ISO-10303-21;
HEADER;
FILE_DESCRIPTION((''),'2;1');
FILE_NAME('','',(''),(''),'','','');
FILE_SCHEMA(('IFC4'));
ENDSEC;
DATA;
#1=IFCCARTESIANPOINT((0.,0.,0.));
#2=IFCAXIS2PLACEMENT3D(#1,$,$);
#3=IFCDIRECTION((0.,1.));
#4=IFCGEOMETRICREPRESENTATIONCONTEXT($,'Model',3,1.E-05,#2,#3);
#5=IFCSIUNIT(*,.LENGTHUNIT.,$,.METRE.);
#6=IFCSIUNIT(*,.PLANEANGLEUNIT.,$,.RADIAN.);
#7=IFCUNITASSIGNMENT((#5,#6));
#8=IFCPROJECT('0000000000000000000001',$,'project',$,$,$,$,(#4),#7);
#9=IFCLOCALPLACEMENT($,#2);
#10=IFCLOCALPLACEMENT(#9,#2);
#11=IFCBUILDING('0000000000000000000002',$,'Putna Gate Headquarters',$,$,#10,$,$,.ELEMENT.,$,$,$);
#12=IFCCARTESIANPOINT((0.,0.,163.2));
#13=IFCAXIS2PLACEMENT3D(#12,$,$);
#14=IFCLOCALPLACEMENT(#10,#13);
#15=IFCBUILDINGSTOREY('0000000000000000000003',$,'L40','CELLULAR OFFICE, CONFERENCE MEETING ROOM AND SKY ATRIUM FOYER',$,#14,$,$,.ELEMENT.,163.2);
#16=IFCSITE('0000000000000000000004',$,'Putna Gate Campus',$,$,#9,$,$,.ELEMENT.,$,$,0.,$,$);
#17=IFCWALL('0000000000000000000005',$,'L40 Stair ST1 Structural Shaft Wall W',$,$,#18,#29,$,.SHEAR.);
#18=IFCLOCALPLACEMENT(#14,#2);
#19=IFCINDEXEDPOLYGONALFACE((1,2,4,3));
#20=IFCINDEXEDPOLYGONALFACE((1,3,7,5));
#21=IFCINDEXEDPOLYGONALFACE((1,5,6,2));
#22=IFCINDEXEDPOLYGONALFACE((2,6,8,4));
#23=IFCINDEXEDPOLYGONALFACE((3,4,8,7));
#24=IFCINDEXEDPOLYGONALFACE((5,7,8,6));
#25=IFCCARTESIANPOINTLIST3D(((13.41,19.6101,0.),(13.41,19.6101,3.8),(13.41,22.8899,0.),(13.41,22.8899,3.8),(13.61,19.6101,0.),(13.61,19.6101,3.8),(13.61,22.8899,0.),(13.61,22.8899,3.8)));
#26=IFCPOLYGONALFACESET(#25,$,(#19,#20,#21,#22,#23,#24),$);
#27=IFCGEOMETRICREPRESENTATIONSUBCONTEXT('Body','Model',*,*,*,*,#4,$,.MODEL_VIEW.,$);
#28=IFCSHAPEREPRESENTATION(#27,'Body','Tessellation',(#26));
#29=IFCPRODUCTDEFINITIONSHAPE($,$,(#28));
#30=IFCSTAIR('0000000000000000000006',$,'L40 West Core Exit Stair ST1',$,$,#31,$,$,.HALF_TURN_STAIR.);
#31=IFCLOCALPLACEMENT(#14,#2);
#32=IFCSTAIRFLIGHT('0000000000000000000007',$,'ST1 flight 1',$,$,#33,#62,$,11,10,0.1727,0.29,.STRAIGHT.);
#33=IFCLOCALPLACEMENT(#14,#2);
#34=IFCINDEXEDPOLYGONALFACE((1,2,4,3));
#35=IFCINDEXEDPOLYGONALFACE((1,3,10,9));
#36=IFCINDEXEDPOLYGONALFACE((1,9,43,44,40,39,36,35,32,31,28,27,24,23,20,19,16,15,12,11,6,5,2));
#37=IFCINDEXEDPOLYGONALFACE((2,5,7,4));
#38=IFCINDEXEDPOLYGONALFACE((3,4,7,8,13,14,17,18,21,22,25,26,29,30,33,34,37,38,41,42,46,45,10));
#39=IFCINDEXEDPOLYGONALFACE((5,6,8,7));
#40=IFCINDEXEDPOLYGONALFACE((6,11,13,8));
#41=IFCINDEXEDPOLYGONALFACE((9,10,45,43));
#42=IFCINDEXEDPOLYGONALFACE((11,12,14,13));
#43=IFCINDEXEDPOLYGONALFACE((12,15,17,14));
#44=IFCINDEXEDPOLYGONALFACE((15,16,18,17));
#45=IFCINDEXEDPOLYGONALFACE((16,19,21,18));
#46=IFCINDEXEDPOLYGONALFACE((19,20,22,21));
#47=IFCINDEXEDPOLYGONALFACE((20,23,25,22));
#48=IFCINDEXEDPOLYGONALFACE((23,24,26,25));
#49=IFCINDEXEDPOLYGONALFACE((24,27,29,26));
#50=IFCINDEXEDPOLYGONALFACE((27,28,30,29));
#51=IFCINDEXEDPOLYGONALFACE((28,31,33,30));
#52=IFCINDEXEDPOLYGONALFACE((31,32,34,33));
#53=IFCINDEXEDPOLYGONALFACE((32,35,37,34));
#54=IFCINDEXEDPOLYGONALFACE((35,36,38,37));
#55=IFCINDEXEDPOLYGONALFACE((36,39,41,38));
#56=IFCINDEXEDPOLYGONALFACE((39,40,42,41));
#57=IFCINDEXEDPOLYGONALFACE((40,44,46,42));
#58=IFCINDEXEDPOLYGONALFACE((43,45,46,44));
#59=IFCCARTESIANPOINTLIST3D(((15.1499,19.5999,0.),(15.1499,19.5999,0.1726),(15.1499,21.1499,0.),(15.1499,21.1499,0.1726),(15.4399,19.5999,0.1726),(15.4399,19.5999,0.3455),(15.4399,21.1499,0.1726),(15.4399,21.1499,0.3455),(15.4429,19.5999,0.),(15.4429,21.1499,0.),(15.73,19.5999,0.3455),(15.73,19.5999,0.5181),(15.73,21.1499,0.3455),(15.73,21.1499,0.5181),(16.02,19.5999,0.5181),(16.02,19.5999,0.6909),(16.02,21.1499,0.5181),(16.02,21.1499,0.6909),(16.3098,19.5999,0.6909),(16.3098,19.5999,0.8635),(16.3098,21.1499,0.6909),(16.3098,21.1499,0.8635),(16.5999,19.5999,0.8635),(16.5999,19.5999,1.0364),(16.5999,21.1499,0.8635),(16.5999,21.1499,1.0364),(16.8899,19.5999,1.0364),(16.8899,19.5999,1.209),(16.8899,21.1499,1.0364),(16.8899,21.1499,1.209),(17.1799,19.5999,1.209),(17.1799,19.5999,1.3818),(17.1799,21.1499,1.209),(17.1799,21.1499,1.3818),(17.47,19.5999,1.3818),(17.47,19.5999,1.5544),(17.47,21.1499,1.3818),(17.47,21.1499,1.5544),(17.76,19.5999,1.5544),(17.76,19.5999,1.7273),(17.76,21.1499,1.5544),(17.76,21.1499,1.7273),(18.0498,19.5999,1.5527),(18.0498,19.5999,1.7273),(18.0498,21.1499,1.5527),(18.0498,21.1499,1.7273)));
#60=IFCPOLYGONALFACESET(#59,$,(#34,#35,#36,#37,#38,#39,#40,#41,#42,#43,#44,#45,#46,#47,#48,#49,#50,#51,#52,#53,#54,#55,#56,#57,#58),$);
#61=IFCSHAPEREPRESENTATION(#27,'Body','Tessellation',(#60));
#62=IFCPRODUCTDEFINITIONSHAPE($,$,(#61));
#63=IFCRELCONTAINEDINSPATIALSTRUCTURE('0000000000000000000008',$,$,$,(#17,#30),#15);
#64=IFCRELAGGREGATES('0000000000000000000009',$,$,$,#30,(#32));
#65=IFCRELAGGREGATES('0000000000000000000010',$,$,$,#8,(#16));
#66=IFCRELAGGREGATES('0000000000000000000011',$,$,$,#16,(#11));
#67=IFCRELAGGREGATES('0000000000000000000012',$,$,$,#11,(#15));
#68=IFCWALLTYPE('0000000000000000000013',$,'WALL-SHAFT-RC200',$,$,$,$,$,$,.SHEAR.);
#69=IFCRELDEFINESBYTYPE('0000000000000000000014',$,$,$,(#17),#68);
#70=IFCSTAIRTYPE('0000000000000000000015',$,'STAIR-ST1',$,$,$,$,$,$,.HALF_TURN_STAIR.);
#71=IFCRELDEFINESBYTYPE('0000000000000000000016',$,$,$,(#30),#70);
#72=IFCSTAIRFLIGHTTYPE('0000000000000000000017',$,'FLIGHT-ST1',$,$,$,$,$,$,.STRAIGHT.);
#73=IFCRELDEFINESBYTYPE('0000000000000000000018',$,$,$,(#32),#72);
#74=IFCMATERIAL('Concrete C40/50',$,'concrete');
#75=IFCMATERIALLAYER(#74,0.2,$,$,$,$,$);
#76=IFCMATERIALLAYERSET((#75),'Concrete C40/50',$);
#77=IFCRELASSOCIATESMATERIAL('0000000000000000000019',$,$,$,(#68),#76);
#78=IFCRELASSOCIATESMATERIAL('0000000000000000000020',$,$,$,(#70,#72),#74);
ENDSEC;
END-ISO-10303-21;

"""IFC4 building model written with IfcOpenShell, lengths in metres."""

from ifc_helpers import new_model, si_unit, direction, frame, frame_2d, origin, place, context, subcontext, project, spatial, polyline, rectangle, outline, extrude, material, layer, layer_set, type_object, element, aggregate, save


model = new_model("IFC4")

# Units and contexts
model_context = context("Model", 3, precision=1e-05, world=origin(), true_north=direction((0.0, 1.0)))
body_context = subcontext(model_context, "Body", "Model", "MODEL_VIEW")
ifc_project = project(units=[si_unit("LENGTHUNIT", "METRE"), si_unit("PLANEANGLEUNIT", "RADIAN")], contexts=[model_context])

# Site, building, storey
site_placement = place(None, origin())
site = spatial("IfcSite", under=ifc_project, at=site_placement, Name="Putna Gate Campus", CompositionType="ELEMENT", RefElevation=0.0)
building_placement = place(site_placement, origin())
building = spatial("IfcBuilding", under=site, at=building_placement, Name="Putna Gate Headquarters", CompositionType="ELEMENT")
storey_placement = place(building_placement, frame((0.0, 0.0, 163.2)))
storey = spatial("IfcBuildingStorey", under=building, at=storey_placement, Name="L40", Description="CELLULAR OFFICE, CONFERENCE MEETING ROOM AND SKY ATRIUM FOYER", CompositionType="ELEMENT", Elevation=163.2)

# Wall
ifc_material_1 = material(Name="Concrete C40/50", Category="concrete")
ifc_layer_1 = layer(ifc_material_1, 0.2)
ifc_layer_set_1 = layer_set([ifc_layer_1], Name="Concrete C40/50")
wall_type_1 = type_object("IfcWallType", Name="WALL-SHAFT-RC200", PredefinedType="SHEAR", material=ifc_layer_set_1)
wall_1_placement = place(storey_placement, frame((13.51, 19.6101, 0.0), z_axis=(0.0, 0.0, 1.0), x_axis=(0.0, 1.0, 0.0)))
element("IfcWall", 1, at=wall_1_placement, inside=storey, type_object=wall_type_1, Name="L40 Stair ST1 Structural Shaft Wall W", PredefinedType="SHEAR", context=body_context, shape_type="SweptSolid", body=[
    extrude(rectangle(XDim=3.2798, YDim=0.2, at=frame_2d((1.6399, 0.0))), origin(), (0.0, 0.0, 1.0), 3.8),
])

# Stair, stair flight
stair_type = type_object("IfcStairType", Name="STAIR-ST1", PredefinedType="HALF_TURN_STAIR", material=ifc_material_1)
stair_placement = place(storey_placement, origin())
stair = element("IfcStair", 2, at=stair_placement, inside=storey, type_object=stair_type, Name="L40 West Core Exit Stair ST1", PredefinedType="HALF_TURN_STAIR")
stair_flight_type = type_object("IfcStairFlightType", Name="FLIGHT-ST1", PredefinedType="STRAIGHT", material=ifc_material_1)
stair_flight_placement = place(storey_placement, frame((15.1499, 20.375, 0.0), z_axis=(0.0, 0.0, 1.0), x_axis=(1.0, 0.0, 0.0)))
stair_flight = element("IfcStairFlight", 3, at=stair_flight_placement, type_object=stair_flight_type, Name="ST1 flight 1", NumberOfRisers=11, NumberOfTreads=10, PredefinedType="STRAIGHT", RiserHeight=0.1727, TreadLength=0.29, context=body_context, shape_type="SweptSolid", body=[
    extrude(outline(polyline([(0.0, 0.0), (0.0, 0.1726), (0.29, 0.1726), (0.29, 0.3455), (0.5801, 0.3455), (0.5801, 0.5181), (0.8701, 0.5181), (0.8701, 0.6909), (1.1599, 0.6909), (1.1599, 0.8635), (1.45, 0.8635), (1.45, 1.0364), (1.74, 1.0364), (1.74, 1.209), (2.03, 1.209), (2.03, 1.3818), (2.3201, 1.3818), (2.3201, 1.5544), (2.6101, 1.5544), (2.6101, 1.7273), (2.8999, 1.7273), (2.8999, 1.8999), (2.8999, 1.5527), (0.293, 0.0), (0.0, 0.0)])), frame((0.0, 0.7749, 0.0), z_axis=(0.0, -1.0, 0.0), x_axis=(1.0, 0.0, 0.0)), (0.0, 0.0, 1.0), 1.55),
])
aggregate(stair, [stair_flight])

save(model, "model.ifc")
